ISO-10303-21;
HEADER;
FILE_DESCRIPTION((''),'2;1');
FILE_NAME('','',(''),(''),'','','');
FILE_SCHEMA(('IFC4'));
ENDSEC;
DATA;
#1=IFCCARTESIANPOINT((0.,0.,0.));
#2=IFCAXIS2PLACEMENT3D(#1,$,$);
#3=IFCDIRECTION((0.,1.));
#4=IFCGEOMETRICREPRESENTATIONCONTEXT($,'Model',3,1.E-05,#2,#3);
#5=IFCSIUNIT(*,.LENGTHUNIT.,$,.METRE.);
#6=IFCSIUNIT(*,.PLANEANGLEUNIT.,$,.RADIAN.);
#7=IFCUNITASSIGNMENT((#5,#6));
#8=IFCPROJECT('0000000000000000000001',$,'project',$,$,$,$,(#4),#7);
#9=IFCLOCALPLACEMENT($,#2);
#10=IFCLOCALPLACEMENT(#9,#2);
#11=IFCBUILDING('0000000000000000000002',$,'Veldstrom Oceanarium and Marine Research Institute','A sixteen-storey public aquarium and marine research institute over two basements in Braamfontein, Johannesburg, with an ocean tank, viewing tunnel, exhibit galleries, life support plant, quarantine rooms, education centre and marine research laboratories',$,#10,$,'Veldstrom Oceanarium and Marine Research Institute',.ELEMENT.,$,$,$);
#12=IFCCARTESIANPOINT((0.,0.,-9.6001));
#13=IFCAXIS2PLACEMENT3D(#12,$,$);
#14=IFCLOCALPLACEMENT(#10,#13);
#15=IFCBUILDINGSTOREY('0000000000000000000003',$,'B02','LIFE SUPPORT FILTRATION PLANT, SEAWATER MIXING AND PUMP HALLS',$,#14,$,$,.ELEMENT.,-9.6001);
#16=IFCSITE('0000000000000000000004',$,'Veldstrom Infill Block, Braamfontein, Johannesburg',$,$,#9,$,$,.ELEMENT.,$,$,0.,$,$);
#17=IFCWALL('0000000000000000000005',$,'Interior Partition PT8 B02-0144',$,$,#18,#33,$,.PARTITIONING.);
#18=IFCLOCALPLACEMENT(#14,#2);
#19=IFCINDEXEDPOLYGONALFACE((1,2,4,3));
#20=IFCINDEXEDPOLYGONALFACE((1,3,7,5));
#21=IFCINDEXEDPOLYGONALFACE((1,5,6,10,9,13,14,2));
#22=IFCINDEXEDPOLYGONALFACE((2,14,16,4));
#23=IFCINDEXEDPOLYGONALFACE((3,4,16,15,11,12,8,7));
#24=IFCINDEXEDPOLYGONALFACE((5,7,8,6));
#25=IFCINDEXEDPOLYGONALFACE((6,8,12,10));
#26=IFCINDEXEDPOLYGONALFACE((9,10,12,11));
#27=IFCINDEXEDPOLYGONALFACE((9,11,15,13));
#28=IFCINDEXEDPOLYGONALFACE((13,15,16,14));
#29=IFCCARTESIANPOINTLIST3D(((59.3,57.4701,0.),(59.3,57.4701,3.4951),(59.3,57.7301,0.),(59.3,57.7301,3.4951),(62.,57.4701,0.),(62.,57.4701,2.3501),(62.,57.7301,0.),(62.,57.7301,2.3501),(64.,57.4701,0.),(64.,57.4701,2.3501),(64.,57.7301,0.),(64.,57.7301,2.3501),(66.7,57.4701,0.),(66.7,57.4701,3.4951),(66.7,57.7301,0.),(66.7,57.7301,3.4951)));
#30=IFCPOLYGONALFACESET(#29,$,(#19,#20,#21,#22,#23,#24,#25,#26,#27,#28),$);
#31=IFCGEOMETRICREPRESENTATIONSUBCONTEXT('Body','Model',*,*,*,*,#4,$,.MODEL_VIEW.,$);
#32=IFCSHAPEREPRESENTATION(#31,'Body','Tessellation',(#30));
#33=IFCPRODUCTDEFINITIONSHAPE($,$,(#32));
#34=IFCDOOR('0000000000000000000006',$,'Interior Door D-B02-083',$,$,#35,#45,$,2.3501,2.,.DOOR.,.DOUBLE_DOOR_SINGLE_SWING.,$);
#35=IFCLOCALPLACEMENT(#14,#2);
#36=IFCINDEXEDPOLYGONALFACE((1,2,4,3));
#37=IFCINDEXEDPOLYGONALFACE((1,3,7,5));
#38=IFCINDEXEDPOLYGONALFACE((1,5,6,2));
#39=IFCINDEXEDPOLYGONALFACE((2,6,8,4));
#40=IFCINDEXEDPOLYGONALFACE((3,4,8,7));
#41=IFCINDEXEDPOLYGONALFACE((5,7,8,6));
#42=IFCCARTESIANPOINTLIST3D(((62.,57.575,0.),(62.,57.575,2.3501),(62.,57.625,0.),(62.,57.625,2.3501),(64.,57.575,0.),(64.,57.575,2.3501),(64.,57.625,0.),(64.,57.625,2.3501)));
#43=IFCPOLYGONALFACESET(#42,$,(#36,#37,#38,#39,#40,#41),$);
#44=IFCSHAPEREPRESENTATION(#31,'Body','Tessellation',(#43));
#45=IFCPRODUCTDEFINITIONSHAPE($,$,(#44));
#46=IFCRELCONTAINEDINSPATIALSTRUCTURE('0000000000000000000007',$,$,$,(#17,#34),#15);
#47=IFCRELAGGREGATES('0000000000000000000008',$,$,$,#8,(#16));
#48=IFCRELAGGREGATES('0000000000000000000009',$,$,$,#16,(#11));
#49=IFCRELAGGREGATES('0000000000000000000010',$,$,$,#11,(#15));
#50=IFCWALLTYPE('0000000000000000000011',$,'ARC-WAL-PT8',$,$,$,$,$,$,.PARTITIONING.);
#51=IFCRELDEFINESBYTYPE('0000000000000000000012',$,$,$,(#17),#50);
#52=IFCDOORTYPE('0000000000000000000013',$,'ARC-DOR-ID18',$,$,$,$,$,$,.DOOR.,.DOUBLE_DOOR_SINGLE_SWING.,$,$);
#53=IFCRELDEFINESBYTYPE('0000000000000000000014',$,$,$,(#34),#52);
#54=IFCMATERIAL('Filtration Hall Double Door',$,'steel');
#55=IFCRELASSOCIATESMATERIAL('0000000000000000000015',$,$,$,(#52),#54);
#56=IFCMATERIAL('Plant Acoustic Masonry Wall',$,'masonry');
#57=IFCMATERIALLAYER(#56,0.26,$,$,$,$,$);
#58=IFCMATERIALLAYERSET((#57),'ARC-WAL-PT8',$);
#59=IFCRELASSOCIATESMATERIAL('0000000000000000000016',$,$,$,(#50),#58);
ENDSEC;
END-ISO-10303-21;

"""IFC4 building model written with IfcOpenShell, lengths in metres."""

from ifc_helpers import new_model, si_unit, direction, frame, frame_2d, origin, place, context, subcontext, project, spatial, rectangle, extrude, material, layer, layer_set, type_object, element, fill, save


model = new_model("IFC4")

# Units and contexts
model_context = context("Model", 3, precision=1e-05, world=origin(), true_north=direction((0.0, 1.0)))
body_context = subcontext(model_context, "Body", "Model", "MODEL_VIEW")
ifc_project = project(units=[si_unit("LENGTHUNIT", "METRE"), si_unit("PLANEANGLEUNIT", "RADIAN")], contexts=[model_context])

# Site, building, storey
site_placement = place(None, origin())
site = spatial("IfcSite", under=ifc_project, at=site_placement, Name="Veldstrom Infill Block, Braamfontein, Johannesburg", CompositionType="ELEMENT", RefElevation=0.0)
building_placement = place(site_placement, origin())
building = spatial("IfcBuilding", under=site, at=building_placement, Name="Veldstrom Oceanarium and Marine Research Institute", Description="A sixteen-storey public aquarium and marine research institute over two basements in Braamfontein, Johannesburg, with an ocean tank, viewing tunnel, exhibit galleries, life support plant, quarantine rooms, education centre and marine research laboratories", LongName="Veldstrom Oceanarium and Marine Research Institute", CompositionType="ELEMENT")
storey_placement = place(building_placement, frame((0.0, 0.0, -9.6001)))
storey = spatial("IfcBuildingStorey", under=building, at=storey_placement, Name="B02", Description="LIFE SUPPORT FILTRATION PLANT, SEAWATER MIXING AND PUMP HALLS", CompositionType="ELEMENT", Elevation=-9.6001)

# Shared definitions
ifc_material_1 = material(Name="Filtration Hall Double Door", Category="steel")
door_type = type_object("IfcDoorType", Name="ARC-DOR-ID18", OperationType="DOUBLE_DOOR_SINGLE_SWING", PredefinedType="DOOR", material=ifc_material_1)

# Shared definitions
ifc_material_2 = material(Name="Plant Acoustic Masonry Wall", Category="masonry")
ifc_layer_1 = layer(ifc_material_2, 0.26)
ifc_layer_set_1 = layer_set([ifc_layer_1], Name="ARC-WAL-PT8")
wall_type_1 = type_object("IfcWallType", Name="ARC-WAL-PT8", PredefinedType="PARTITIONING", material=ifc_layer_set_1)

# Wall, opening, door
wall_1_placement = place(storey_placement, frame((59.3, 57.6001, 0.0), z_axis=(0.0, 0.0, 1.0), x_axis=(1.0, 0.0, 0.0)))
wall_1 = element("IfcWall", 1, at=wall_1_placement, inside=storey, type_object=wall_type_1, Name="Interior Partition PT8 B02-0144", PredefinedType="PARTITIONING", context=body_context, shape_type="SweptSolid", body=[
    extrude(rectangle(XDim=7.3999, YDim=0.26, at=frame_2d((3.7, 0.0))), origin(), (0.0, 0.0, 1.0), 3.4951),
])
opening_1_placement = place(wall_1_placement, frame((2.7, 0.0, 0.0)))
opening_1 = element("IfcOpeningElement", 2, at=opening_1_placement, cuts=wall_1, PredefinedType="OPENING", context=body_context, shape_type="SweptSolid", body=[
    extrude(rectangle(XDim=2.0, YDim=2.3501, at=frame_2d((1.0, 1.175))), frame((0.0, 0.1399, 0.0), z_axis=(0.0, -1.0, 0.0), x_axis=(1.0, 0.0, 0.0)), (0.0, 0.0, 1.0), 0.28),
])
door_1_placement = place(opening_1_placement, origin())
door_1 = element("IfcDoor", 3, at=door_1_placement, inside=storey, type_object=door_type, Name="Interior Door D-B02-083", OperationType="DOUBLE_DOOR_SINGLE_SWING", OverallHeight=2.3501, OverallWidth=2.0, PredefinedType="DOOR", context=body_context, shape_type="SweptSolid", body=[
    extrude(rectangle(XDim=2.0, YDim=2.3501, at=frame_2d((1.0, 1.175))), frame((0.0, 0.0249, 0.0), z_axis=(0.0, -1.0, 0.0), x_axis=(1.0, 0.0, 0.0)), (0.0, 0.0, 1.0), 0.05),
])
fill(opening_1, door_1)

save(model, "model.ifc")
